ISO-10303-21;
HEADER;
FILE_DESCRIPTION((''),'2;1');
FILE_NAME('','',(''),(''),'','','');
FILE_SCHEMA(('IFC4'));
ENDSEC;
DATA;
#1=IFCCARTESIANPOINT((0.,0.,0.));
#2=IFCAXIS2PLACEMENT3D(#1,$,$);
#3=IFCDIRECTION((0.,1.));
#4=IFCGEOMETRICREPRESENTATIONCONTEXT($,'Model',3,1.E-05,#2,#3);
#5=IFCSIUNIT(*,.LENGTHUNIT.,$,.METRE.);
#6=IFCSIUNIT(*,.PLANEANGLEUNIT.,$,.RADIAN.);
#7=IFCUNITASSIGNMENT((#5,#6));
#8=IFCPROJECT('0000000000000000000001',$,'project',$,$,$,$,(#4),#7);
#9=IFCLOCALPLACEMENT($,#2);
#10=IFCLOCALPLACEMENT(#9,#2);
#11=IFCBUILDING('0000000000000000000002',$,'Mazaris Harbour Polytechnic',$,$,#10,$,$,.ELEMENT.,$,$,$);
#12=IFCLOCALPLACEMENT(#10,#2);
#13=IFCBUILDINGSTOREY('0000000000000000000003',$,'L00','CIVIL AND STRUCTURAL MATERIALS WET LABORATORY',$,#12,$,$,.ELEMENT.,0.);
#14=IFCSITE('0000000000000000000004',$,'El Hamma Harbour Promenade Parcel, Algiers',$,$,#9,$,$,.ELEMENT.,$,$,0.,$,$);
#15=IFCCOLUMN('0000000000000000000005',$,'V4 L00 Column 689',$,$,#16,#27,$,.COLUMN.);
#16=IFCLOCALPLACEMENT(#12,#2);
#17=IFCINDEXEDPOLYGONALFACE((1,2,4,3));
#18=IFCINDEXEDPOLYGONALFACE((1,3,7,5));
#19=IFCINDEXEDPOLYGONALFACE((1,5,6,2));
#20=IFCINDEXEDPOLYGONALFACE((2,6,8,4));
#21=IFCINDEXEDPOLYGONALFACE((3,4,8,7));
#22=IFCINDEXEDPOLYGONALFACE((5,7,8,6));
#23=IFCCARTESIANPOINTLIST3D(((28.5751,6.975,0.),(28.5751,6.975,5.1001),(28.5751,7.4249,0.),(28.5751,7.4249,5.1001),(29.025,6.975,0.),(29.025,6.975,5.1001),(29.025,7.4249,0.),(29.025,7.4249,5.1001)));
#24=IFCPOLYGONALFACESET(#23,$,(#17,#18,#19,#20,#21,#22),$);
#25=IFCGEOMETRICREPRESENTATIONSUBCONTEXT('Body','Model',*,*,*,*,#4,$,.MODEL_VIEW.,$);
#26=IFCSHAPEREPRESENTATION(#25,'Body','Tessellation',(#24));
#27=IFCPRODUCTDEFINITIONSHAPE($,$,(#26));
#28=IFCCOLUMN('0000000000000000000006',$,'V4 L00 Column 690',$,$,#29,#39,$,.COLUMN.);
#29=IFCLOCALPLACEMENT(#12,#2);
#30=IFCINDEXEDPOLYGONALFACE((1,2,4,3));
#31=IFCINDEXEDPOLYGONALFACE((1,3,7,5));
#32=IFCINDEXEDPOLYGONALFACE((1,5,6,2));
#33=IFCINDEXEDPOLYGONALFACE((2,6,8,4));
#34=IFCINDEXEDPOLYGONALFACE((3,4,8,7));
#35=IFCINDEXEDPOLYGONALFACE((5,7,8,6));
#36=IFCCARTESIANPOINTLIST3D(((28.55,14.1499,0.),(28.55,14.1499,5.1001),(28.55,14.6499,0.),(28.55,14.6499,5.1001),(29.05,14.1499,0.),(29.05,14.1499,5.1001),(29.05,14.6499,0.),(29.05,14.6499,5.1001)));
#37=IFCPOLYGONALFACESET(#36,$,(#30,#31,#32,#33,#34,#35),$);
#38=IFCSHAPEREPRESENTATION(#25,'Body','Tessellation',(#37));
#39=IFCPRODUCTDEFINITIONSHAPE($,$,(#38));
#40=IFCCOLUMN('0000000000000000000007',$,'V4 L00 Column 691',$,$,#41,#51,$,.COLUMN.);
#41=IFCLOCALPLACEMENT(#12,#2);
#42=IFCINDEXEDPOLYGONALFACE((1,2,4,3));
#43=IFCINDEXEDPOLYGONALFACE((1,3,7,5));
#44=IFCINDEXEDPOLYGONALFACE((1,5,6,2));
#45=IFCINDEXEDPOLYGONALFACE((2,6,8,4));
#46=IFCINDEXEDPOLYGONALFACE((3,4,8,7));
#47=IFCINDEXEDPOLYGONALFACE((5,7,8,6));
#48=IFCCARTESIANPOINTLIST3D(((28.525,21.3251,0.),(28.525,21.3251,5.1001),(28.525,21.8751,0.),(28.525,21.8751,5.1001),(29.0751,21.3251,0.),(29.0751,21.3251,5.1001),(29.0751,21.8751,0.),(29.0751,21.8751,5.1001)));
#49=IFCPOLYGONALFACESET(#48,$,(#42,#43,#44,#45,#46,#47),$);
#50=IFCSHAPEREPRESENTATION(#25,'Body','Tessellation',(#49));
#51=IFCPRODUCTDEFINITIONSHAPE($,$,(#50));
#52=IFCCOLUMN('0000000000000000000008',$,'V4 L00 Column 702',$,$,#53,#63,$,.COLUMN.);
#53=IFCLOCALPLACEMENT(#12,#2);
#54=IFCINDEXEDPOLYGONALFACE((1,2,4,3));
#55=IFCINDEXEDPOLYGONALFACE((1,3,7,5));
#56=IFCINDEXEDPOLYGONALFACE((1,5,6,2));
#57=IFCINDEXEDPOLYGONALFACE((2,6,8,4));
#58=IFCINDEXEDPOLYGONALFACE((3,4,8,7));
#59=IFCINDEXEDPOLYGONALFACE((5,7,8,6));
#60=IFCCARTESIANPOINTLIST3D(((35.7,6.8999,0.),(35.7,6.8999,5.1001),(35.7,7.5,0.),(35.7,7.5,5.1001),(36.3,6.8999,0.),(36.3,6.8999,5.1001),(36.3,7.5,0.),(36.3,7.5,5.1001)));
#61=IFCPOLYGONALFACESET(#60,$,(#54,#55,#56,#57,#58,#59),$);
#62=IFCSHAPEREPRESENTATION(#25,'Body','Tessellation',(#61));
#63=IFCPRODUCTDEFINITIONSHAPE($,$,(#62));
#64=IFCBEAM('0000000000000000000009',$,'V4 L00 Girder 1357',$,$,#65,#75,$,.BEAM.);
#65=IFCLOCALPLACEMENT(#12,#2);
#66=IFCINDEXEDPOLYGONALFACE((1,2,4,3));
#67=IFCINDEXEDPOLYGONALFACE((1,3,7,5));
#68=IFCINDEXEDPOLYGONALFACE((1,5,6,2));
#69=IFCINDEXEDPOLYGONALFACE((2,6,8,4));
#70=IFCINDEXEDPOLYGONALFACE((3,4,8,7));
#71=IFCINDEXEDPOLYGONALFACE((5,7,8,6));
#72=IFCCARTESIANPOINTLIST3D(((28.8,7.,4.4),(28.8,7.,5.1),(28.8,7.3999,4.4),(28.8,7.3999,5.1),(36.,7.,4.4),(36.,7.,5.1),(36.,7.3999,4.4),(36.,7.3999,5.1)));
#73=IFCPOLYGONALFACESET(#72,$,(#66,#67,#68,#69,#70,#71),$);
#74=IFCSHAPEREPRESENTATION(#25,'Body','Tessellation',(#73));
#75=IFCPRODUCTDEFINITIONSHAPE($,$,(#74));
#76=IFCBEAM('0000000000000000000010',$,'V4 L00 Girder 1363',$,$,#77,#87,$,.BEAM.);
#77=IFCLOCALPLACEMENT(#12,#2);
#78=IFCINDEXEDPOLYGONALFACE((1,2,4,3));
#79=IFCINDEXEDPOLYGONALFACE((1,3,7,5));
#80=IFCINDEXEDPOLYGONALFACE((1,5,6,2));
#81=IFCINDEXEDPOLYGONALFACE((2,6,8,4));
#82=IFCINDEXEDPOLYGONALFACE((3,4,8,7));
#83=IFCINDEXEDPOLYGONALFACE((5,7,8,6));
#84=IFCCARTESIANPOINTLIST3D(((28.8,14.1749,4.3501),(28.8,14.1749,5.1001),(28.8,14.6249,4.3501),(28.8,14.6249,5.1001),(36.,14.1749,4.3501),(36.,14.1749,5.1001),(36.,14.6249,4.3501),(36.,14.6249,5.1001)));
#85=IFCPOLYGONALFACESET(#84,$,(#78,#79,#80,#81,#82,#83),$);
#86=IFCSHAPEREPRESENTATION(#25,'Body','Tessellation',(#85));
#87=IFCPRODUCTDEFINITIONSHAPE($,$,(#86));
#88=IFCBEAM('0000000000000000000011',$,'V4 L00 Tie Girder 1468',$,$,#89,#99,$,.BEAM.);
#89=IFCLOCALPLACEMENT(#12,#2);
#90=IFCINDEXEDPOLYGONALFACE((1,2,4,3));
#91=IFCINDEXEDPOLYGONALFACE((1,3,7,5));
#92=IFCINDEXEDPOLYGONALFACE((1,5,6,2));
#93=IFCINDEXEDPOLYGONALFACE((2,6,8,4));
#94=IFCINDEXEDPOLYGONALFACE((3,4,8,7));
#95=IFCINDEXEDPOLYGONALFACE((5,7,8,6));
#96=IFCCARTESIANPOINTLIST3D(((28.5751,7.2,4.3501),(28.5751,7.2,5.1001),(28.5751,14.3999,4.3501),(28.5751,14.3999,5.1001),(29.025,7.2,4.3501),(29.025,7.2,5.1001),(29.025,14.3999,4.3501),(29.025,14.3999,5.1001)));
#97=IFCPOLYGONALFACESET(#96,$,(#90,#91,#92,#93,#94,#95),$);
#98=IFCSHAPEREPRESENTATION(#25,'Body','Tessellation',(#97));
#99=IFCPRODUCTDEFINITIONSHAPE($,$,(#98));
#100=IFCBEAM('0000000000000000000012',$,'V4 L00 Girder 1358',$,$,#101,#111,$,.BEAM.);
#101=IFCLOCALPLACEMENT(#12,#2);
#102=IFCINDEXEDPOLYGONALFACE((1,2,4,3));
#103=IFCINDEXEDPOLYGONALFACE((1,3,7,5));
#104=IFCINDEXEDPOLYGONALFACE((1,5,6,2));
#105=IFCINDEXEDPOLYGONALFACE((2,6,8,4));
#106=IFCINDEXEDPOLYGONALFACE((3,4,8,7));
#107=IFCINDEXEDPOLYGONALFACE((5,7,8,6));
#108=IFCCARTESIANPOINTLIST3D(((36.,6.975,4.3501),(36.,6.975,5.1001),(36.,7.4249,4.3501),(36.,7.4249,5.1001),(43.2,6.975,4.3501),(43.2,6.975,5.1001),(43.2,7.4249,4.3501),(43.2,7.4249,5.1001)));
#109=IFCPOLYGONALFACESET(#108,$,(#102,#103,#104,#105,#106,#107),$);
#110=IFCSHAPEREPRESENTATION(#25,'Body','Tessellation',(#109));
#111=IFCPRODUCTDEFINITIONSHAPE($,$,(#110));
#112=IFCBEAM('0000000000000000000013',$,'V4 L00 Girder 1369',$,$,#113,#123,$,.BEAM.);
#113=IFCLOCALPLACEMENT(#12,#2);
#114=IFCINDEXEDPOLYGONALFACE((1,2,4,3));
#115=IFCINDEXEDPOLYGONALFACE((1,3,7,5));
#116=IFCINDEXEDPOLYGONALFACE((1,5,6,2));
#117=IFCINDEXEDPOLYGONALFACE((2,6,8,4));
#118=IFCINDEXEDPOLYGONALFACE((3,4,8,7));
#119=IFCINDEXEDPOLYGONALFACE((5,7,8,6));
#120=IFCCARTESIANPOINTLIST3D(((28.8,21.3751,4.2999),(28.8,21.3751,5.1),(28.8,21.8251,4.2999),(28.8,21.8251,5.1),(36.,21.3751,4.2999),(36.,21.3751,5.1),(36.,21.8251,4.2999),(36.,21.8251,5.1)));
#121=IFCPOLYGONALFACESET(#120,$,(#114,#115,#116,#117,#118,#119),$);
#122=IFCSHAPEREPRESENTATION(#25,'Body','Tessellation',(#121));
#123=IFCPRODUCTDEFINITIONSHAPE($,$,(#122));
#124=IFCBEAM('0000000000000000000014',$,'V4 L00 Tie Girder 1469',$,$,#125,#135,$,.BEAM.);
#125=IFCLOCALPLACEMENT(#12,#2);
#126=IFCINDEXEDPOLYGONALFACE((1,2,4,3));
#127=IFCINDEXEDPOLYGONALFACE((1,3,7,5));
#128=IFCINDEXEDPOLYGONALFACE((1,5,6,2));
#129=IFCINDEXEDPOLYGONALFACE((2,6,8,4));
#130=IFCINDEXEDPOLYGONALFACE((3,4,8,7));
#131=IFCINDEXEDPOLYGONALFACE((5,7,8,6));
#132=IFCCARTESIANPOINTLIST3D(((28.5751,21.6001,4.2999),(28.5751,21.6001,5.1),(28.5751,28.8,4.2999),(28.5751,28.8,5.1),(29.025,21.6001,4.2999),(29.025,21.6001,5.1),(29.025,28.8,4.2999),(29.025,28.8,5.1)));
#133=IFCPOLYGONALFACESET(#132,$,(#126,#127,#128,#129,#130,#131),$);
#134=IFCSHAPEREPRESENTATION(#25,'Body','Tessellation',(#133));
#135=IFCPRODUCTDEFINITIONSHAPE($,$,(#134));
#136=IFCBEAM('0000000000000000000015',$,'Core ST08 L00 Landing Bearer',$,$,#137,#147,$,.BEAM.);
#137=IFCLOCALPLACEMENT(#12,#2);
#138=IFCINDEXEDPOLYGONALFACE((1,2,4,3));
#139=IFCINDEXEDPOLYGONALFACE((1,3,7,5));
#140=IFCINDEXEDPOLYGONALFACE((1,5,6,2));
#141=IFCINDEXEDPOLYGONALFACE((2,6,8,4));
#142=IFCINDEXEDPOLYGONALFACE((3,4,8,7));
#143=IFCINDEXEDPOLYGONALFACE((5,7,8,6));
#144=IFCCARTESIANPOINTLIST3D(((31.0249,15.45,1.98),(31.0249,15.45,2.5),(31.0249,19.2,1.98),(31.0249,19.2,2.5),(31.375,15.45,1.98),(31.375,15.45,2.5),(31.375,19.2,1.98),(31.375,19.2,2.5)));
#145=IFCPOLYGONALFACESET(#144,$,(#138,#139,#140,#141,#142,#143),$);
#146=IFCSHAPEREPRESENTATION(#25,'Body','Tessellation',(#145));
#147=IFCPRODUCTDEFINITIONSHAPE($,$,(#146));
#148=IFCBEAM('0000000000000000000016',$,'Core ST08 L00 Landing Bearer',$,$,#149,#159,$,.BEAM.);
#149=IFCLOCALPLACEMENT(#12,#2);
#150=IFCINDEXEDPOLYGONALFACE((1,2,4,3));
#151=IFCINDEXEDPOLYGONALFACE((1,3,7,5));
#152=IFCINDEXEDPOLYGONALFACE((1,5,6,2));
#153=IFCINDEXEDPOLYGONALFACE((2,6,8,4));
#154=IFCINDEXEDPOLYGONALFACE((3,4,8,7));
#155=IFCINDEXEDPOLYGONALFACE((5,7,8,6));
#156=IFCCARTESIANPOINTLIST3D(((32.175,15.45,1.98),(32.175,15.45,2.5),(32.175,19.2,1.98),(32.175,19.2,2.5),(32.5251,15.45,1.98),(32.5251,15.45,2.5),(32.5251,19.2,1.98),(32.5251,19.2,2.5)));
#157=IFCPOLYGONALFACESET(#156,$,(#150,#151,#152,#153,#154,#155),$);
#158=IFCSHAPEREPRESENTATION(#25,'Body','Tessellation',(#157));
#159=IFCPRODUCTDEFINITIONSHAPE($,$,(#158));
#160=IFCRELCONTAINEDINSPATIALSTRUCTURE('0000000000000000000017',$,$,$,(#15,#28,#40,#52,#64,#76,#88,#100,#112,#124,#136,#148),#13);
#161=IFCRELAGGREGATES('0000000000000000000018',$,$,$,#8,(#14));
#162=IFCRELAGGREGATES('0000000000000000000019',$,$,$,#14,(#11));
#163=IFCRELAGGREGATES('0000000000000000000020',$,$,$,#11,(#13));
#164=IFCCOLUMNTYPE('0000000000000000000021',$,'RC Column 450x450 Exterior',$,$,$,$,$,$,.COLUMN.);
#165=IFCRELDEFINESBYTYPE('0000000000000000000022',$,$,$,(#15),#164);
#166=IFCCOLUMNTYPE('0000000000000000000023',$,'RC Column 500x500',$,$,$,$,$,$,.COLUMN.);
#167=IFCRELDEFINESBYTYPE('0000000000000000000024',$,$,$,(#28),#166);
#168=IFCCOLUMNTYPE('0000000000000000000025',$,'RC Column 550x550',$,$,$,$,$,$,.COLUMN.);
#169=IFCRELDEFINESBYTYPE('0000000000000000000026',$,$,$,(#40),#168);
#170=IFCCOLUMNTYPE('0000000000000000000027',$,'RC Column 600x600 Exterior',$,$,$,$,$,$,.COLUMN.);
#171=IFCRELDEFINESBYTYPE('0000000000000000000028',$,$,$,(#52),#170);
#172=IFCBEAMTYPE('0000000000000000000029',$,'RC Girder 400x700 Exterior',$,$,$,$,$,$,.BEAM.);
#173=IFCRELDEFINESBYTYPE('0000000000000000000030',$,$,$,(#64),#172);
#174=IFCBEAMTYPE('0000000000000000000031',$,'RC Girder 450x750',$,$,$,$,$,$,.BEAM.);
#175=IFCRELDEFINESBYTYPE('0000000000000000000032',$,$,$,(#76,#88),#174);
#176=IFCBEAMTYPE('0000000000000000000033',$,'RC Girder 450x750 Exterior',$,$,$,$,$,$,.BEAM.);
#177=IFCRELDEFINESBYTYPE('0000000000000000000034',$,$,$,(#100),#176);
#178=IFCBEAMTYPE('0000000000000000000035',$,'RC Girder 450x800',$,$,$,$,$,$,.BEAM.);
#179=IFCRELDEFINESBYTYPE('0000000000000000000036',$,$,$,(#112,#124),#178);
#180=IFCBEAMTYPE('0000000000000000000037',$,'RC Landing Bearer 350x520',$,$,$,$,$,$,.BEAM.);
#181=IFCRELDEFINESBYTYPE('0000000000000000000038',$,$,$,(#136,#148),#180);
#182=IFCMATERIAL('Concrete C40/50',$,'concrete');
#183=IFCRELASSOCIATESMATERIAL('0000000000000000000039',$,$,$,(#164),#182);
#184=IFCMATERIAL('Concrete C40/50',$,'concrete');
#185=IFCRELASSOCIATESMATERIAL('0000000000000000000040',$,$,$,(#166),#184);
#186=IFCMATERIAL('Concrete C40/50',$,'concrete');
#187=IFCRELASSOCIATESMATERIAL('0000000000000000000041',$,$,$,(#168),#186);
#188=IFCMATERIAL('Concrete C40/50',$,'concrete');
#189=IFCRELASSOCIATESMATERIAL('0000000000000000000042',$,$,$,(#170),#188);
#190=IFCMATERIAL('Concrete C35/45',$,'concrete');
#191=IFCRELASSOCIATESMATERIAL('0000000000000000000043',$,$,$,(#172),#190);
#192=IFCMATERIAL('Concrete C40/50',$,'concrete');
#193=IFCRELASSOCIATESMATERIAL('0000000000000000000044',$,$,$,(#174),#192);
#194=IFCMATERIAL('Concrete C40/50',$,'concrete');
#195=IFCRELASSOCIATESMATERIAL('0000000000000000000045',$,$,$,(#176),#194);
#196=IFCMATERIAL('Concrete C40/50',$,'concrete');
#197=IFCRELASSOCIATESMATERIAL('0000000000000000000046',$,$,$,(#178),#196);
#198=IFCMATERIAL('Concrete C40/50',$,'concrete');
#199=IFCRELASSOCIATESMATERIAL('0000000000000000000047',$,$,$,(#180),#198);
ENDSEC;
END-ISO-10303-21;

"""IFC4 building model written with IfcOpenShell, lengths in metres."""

from ifc_helpers import new_model, si_unit, direction, frame, origin, origin_2d, place, context, subcontext, project, spatial, rectangle, extrude, material, material_profile, profile_set, type_object, element, save


model = new_model("IFC4")

# Units and contexts
model_context = context("Model", 3, precision=1e-05, world=origin(), true_north=direction((0.0, 1.0)))
body_context = subcontext(model_context, "Body", "Model", "MODEL_VIEW")
ifc_project = project(units=[si_unit("LENGTHUNIT", "METRE"), si_unit("PLANEANGLEUNIT", "RADIAN")], contexts=[model_context])

# Site, building, storey
site_placement = place(None, origin())
site = spatial("IfcSite", under=ifc_project, at=site_placement, Name="El Hamma Harbour Promenade Parcel, Algiers", CompositionType="ELEMENT", RefElevation=0.0)
building_placement = place(site_placement, origin())
building = spatial("IfcBuilding", under=site, at=building_placement, Name="Mazaris Harbour Polytechnic", CompositionType="ELEMENT")
storey_placement = place(building_placement, origin())
storey = spatial("IfcBuildingStorey", under=building, at=storey_placement, Name="L00", Description="CIVIL AND STRUCTURAL MATERIALS WET LABORATORY", CompositionType="ELEMENT", Elevation=0.0)

# Columns
ifc_material_1 = material(Name="Concrete C40/50", Category="concrete")
ifc_material_profile_1 = material_profile(ifc_material_1, rectangle(XDim=0.45, YDim=0.45, at=origin_2d()), Name="RECT450x450")
ifc_profile_set_1 = profile_set([ifc_material_profile_1], Name="Concrete C40/50")
column_type_1 = type_object("IfcColumnType", Name="RC Column 450x450 Exterior", PredefinedType="COLUMN", material=ifc_profile_set_1)
column_1_placement = place(storey_placement, frame((28.8, 7.2, 0.0), z_axis=(0.0, 0.0, 1.0), x_axis=(1.0, 0.0, 0.0)))
element("IfcColumn", 1, at=column_1_placement, inside=storey, type_object=column_type_1, Name="V4 L00 Column 689", PredefinedType="COLUMN", context=body_context, shape_type="SweptSolid", body=[
    extrude(rectangle(XDim=0.45, YDim=0.45, at=origin_2d()), origin(), (0.0, 0.0, 1.0), 5.1001),
])
ifc_material_2 = material(Name="Concrete C40/50", Category="concrete")
ifc_material_profile_2 = material_profile(ifc_material_2, rectangle(XDim=0.5, YDim=0.5, at=origin_2d()), Name="RECT500x500")
ifc_profile_set_2 = profile_set([ifc_material_profile_2], Name="Concrete C40/50")
column_type_2 = type_object("IfcColumnType", Name="RC Column 500x500", PredefinedType="COLUMN", material=ifc_profile_set_2)
column_2_placement = place(storey_placement, frame((28.8, 14.3999, 0.0), z_axis=(0.0, 0.0, 1.0), x_axis=(1.0, 0.0, 0.0)))
element("IfcColumn", 2, at=column_2_placement, inside=storey, type_object=column_type_2, Name="V4 L00 Column 690", PredefinedType="COLUMN", context=body_context, shape_type="SweptSolid", body=[
    extrude(rectangle(XDim=0.5, YDim=0.5, at=origin_2d()), origin(), (0.0, 0.0, 1.0), 5.1001),
])
ifc_material_3 = material(Name="Concrete C40/50", Category="concrete")
ifc_material_profile_3 = material_profile(ifc_material_3, rectangle(XDim=0.55, YDim=0.55, at=origin_2d()), Name="RECT550x550")
ifc_profile_set_3 = profile_set([ifc_material_profile_3], Name="Concrete C40/50")
column_type_3 = type_object("IfcColumnType", Name="RC Column 550x550", PredefinedType="COLUMN", material=ifc_profile_set_3)
column_3_placement = place(storey_placement, frame((28.8, 21.6001, 0.0), z_axis=(0.0, 0.0, 1.0), x_axis=(1.0, 0.0, 0.0)))
element("IfcColumn", 3, at=column_3_placement, inside=storey, type_object=column_type_3, Name="V4 L00 Column 691", PredefinedType="COLUMN", context=body_context, shape_type="SweptSolid", body=[
    extrude(rectangle(XDim=0.55, YDim=0.55, at=origin_2d()), origin(), (0.0, 0.0, 1.0), 5.1001),
])
ifc_material_4 = material(Name="Concrete C40/50", Category="concrete")
ifc_material_profile_4 = material_profile(ifc_material_4, rectangle(XDim=0.6001, YDim=0.6001, at=origin_2d()), Name="RECT600x600")
ifc_profile_set_4 = profile_set([ifc_material_profile_4], Name="Concrete C40/50")
column_type_4 = type_object("IfcColumnType", Name="RC Column 600x600 Exterior", PredefinedType="COLUMN", material=ifc_profile_set_4)
column_4_placement = place(storey_placement, frame((36.0, 7.2, 0.0), z_axis=(0.0, 0.0, 1.0), x_axis=(1.0, 0.0, 0.0)))
element("IfcColumn", 4, at=column_4_placement, inside=storey, type_object=column_type_4, Name="V4 L00 Column 702", PredefinedType="COLUMN", context=body_context, shape_type="SweptSolid", body=[
    extrude(rectangle(XDim=0.6001, YDim=0.6001, at=origin_2d()), origin(), (0.0, 0.0, 1.0), 5.1001),
])

# Beams
ifc_material_5 = material(Name="Concrete C35/45", Category="concrete")
ifc_material_profile_5 = material_profile(ifc_material_5, rectangle(XDim=0.3999, YDim=0.7, at=origin_2d()), Name="RECT400x700")
ifc_profile_set_5 = profile_set([ifc_material_profile_5], Name="Concrete C35/45")
beam_type_1 = type_object("IfcBeamType", Name="RC Girder 400x700 Exterior", PredefinedType="BEAM", material=ifc_profile_set_5)
beam_1_placement = place(storey_placement, frame((28.8, 7.2, 4.75), z_axis=(1.0, 0.0, 0.0), x_axis=(0.0, 1.0, 0.0)))
element("IfcBeam", 5, at=beam_1_placement, inside=storey, type_object=beam_type_1, Name="V4 L00 Girder 1357", PredefinedType="BEAM", context=body_context, shape_type="SweptSolid", body=[
    extrude(rectangle(XDim=0.3999, YDim=0.7, at=origin_2d()), origin(), (0.0, 0.0, 1.0), 7.2),
])
ifc_material_6 = material(Name="Concrete C40/50", Category="concrete")
ifc_material_profile_6 = material_profile(ifc_material_6, rectangle(XDim=0.45, YDim=0.75, at=origin_2d()), Name="RECT450x750")
ifc_profile_set_6 = profile_set([ifc_material_profile_6], Name="Concrete C40/50")
beam_type_2 = type_object("IfcBeamType", Name="RC Girder 450x750", PredefinedType="BEAM", material=ifc_profile_set_6)
for number, where, z_axis, x_axis, name in (
    (6, (28.8, 14.3999, 4.7251), (1.0, 0.0, 0.0), (0.0, 1.0, 0.0), "V4 L00 Girder 1363"),
    (7, (28.8, 7.2, 4.7251), (0.0, 1.0, 0.0), (-1.0, 0.0, 0.0), "V4 L00 Tie Girder 1468"),
):
    element("IfcBeam", number, at=place(storey_placement, frame(where, z_axis=z_axis, x_axis=x_axis)), inside=storey, type_object=beam_type_2, Name=name, PredefinedType="BEAM", context=body_context, shape_type="SweptSolid", body=[
        extrude(rectangle(XDim=0.45, YDim=0.75, at=origin_2d()), origin(), (0.0, 0.0, 1.0), 7.2),
    ])
ifc_material_7 = material(Name="Concrete C40/50", Category="concrete")
ifc_material_profile_7 = material_profile(ifc_material_7, rectangle(XDim=0.45, YDim=0.75, at=origin_2d()), Name="RECT450x750")
ifc_profile_set_7 = profile_set([ifc_material_profile_7], Name="Concrete C40/50")
beam_type_3 = type_object("IfcBeamType", Name="RC Girder 450x750 Exterior", PredefinedType="BEAM", material=ifc_profile_set_7)
beam_2_placement = place(storey_placement, frame((36.0, 7.2, 4.7251), z_axis=(1.0, 0.0, 0.0), x_axis=(0.0, 1.0, 0.0)))
element("IfcBeam", 8, at=beam_2_placement, inside=storey, type_object=beam_type_3, Name="V4 L00 Girder 1358", PredefinedType="BEAM", context=body_context, shape_type="SweptSolid", body=[
    extrude(rectangle(XDim=0.45, YDim=0.75, at=origin_2d()), origin(), (0.0, 0.0, 1.0), 7.2),
])
ifc_material_8 = material(Name="Concrete C40/50", Category="concrete")
ifc_material_profile_8 = material_profile(ifc_material_8, rectangle(XDim=0.45, YDim=0.8, at=origin_2d()), Name="RECT450x800")
ifc_profile_set_8 = profile_set([ifc_material_profile_8], Name="Concrete C40/50")
beam_type_4 = type_object("IfcBeamType", Name="RC Girder 450x800", PredefinedType="BEAM", material=ifc_profile_set_8)
for number, where, z_axis, x_axis, name in (
    (9, (28.8, 21.6001, 4.7), (1.0, 0.0, 0.0), (0.0, 1.0, 0.0), "V4 L00 Girder 1369"),
    (10, (28.8, 21.6001, 4.7), (0.0, 1.0, 0.0), (-1.0, 0.0, 0.0), "V4 L00 Tie Girder 1469"),
):
    element("IfcBeam", number, at=place(storey_placement, frame(where, z_axis=z_axis, x_axis=x_axis)), inside=storey, type_object=beam_type_4, Name=name, PredefinedType="BEAM", context=body_context, shape_type="SweptSolid", body=[
        extrude(rectangle(XDim=0.45, YDim=0.8, at=origin_2d()), origin(), (0.0, 0.0, 1.0), 7.2),
    ])
ifc_material_9 = material(Name="Concrete C40/50", Category="concrete")
ifc_material_profile_9 = material_profile(ifc_material_9, rectangle(XDim=0.3501, YDim=0.52, at=origin_2d()), Name="RECT350x520")
ifc_profile_set_9 = profile_set([ifc_material_profile_9], Name="Concrete C40/50")
beam_type_5 = type_object("IfcBeamType", Name="RC Landing Bearer 350x520", PredefinedType="BEAM", material=ifc_profile_set_9)
for number, where, z_axis, x_axis, name in (
    (11, (31.2, 15.45, 2.24), (0.0, 1.0, 0.0), (-1.0, 0.0, 0.0), "Core ST08 L00 Landing Bearer"),
    (12, (32.3501, 15.45, 2.24), (0.0, 1.0, 0.0), (-1.0, 0.0, 0.0), "Core ST08 L00 Landing Bearer"),
):
    element("IfcBeam", number, at=place(storey_placement, frame(where, z_axis=z_axis, x_axis=x_axis)), inside=storey, type_object=beam_type_5, Name=name, PredefinedType="BEAM", context=body_context, shape_type="SweptSolid", body=[
        extrude(rectangle(XDim=0.3501, YDim=0.52, at=origin_2d()), origin(), (0.0, 0.0, 1.0), 3.75),
    ])

save(model, "model.ifc")
